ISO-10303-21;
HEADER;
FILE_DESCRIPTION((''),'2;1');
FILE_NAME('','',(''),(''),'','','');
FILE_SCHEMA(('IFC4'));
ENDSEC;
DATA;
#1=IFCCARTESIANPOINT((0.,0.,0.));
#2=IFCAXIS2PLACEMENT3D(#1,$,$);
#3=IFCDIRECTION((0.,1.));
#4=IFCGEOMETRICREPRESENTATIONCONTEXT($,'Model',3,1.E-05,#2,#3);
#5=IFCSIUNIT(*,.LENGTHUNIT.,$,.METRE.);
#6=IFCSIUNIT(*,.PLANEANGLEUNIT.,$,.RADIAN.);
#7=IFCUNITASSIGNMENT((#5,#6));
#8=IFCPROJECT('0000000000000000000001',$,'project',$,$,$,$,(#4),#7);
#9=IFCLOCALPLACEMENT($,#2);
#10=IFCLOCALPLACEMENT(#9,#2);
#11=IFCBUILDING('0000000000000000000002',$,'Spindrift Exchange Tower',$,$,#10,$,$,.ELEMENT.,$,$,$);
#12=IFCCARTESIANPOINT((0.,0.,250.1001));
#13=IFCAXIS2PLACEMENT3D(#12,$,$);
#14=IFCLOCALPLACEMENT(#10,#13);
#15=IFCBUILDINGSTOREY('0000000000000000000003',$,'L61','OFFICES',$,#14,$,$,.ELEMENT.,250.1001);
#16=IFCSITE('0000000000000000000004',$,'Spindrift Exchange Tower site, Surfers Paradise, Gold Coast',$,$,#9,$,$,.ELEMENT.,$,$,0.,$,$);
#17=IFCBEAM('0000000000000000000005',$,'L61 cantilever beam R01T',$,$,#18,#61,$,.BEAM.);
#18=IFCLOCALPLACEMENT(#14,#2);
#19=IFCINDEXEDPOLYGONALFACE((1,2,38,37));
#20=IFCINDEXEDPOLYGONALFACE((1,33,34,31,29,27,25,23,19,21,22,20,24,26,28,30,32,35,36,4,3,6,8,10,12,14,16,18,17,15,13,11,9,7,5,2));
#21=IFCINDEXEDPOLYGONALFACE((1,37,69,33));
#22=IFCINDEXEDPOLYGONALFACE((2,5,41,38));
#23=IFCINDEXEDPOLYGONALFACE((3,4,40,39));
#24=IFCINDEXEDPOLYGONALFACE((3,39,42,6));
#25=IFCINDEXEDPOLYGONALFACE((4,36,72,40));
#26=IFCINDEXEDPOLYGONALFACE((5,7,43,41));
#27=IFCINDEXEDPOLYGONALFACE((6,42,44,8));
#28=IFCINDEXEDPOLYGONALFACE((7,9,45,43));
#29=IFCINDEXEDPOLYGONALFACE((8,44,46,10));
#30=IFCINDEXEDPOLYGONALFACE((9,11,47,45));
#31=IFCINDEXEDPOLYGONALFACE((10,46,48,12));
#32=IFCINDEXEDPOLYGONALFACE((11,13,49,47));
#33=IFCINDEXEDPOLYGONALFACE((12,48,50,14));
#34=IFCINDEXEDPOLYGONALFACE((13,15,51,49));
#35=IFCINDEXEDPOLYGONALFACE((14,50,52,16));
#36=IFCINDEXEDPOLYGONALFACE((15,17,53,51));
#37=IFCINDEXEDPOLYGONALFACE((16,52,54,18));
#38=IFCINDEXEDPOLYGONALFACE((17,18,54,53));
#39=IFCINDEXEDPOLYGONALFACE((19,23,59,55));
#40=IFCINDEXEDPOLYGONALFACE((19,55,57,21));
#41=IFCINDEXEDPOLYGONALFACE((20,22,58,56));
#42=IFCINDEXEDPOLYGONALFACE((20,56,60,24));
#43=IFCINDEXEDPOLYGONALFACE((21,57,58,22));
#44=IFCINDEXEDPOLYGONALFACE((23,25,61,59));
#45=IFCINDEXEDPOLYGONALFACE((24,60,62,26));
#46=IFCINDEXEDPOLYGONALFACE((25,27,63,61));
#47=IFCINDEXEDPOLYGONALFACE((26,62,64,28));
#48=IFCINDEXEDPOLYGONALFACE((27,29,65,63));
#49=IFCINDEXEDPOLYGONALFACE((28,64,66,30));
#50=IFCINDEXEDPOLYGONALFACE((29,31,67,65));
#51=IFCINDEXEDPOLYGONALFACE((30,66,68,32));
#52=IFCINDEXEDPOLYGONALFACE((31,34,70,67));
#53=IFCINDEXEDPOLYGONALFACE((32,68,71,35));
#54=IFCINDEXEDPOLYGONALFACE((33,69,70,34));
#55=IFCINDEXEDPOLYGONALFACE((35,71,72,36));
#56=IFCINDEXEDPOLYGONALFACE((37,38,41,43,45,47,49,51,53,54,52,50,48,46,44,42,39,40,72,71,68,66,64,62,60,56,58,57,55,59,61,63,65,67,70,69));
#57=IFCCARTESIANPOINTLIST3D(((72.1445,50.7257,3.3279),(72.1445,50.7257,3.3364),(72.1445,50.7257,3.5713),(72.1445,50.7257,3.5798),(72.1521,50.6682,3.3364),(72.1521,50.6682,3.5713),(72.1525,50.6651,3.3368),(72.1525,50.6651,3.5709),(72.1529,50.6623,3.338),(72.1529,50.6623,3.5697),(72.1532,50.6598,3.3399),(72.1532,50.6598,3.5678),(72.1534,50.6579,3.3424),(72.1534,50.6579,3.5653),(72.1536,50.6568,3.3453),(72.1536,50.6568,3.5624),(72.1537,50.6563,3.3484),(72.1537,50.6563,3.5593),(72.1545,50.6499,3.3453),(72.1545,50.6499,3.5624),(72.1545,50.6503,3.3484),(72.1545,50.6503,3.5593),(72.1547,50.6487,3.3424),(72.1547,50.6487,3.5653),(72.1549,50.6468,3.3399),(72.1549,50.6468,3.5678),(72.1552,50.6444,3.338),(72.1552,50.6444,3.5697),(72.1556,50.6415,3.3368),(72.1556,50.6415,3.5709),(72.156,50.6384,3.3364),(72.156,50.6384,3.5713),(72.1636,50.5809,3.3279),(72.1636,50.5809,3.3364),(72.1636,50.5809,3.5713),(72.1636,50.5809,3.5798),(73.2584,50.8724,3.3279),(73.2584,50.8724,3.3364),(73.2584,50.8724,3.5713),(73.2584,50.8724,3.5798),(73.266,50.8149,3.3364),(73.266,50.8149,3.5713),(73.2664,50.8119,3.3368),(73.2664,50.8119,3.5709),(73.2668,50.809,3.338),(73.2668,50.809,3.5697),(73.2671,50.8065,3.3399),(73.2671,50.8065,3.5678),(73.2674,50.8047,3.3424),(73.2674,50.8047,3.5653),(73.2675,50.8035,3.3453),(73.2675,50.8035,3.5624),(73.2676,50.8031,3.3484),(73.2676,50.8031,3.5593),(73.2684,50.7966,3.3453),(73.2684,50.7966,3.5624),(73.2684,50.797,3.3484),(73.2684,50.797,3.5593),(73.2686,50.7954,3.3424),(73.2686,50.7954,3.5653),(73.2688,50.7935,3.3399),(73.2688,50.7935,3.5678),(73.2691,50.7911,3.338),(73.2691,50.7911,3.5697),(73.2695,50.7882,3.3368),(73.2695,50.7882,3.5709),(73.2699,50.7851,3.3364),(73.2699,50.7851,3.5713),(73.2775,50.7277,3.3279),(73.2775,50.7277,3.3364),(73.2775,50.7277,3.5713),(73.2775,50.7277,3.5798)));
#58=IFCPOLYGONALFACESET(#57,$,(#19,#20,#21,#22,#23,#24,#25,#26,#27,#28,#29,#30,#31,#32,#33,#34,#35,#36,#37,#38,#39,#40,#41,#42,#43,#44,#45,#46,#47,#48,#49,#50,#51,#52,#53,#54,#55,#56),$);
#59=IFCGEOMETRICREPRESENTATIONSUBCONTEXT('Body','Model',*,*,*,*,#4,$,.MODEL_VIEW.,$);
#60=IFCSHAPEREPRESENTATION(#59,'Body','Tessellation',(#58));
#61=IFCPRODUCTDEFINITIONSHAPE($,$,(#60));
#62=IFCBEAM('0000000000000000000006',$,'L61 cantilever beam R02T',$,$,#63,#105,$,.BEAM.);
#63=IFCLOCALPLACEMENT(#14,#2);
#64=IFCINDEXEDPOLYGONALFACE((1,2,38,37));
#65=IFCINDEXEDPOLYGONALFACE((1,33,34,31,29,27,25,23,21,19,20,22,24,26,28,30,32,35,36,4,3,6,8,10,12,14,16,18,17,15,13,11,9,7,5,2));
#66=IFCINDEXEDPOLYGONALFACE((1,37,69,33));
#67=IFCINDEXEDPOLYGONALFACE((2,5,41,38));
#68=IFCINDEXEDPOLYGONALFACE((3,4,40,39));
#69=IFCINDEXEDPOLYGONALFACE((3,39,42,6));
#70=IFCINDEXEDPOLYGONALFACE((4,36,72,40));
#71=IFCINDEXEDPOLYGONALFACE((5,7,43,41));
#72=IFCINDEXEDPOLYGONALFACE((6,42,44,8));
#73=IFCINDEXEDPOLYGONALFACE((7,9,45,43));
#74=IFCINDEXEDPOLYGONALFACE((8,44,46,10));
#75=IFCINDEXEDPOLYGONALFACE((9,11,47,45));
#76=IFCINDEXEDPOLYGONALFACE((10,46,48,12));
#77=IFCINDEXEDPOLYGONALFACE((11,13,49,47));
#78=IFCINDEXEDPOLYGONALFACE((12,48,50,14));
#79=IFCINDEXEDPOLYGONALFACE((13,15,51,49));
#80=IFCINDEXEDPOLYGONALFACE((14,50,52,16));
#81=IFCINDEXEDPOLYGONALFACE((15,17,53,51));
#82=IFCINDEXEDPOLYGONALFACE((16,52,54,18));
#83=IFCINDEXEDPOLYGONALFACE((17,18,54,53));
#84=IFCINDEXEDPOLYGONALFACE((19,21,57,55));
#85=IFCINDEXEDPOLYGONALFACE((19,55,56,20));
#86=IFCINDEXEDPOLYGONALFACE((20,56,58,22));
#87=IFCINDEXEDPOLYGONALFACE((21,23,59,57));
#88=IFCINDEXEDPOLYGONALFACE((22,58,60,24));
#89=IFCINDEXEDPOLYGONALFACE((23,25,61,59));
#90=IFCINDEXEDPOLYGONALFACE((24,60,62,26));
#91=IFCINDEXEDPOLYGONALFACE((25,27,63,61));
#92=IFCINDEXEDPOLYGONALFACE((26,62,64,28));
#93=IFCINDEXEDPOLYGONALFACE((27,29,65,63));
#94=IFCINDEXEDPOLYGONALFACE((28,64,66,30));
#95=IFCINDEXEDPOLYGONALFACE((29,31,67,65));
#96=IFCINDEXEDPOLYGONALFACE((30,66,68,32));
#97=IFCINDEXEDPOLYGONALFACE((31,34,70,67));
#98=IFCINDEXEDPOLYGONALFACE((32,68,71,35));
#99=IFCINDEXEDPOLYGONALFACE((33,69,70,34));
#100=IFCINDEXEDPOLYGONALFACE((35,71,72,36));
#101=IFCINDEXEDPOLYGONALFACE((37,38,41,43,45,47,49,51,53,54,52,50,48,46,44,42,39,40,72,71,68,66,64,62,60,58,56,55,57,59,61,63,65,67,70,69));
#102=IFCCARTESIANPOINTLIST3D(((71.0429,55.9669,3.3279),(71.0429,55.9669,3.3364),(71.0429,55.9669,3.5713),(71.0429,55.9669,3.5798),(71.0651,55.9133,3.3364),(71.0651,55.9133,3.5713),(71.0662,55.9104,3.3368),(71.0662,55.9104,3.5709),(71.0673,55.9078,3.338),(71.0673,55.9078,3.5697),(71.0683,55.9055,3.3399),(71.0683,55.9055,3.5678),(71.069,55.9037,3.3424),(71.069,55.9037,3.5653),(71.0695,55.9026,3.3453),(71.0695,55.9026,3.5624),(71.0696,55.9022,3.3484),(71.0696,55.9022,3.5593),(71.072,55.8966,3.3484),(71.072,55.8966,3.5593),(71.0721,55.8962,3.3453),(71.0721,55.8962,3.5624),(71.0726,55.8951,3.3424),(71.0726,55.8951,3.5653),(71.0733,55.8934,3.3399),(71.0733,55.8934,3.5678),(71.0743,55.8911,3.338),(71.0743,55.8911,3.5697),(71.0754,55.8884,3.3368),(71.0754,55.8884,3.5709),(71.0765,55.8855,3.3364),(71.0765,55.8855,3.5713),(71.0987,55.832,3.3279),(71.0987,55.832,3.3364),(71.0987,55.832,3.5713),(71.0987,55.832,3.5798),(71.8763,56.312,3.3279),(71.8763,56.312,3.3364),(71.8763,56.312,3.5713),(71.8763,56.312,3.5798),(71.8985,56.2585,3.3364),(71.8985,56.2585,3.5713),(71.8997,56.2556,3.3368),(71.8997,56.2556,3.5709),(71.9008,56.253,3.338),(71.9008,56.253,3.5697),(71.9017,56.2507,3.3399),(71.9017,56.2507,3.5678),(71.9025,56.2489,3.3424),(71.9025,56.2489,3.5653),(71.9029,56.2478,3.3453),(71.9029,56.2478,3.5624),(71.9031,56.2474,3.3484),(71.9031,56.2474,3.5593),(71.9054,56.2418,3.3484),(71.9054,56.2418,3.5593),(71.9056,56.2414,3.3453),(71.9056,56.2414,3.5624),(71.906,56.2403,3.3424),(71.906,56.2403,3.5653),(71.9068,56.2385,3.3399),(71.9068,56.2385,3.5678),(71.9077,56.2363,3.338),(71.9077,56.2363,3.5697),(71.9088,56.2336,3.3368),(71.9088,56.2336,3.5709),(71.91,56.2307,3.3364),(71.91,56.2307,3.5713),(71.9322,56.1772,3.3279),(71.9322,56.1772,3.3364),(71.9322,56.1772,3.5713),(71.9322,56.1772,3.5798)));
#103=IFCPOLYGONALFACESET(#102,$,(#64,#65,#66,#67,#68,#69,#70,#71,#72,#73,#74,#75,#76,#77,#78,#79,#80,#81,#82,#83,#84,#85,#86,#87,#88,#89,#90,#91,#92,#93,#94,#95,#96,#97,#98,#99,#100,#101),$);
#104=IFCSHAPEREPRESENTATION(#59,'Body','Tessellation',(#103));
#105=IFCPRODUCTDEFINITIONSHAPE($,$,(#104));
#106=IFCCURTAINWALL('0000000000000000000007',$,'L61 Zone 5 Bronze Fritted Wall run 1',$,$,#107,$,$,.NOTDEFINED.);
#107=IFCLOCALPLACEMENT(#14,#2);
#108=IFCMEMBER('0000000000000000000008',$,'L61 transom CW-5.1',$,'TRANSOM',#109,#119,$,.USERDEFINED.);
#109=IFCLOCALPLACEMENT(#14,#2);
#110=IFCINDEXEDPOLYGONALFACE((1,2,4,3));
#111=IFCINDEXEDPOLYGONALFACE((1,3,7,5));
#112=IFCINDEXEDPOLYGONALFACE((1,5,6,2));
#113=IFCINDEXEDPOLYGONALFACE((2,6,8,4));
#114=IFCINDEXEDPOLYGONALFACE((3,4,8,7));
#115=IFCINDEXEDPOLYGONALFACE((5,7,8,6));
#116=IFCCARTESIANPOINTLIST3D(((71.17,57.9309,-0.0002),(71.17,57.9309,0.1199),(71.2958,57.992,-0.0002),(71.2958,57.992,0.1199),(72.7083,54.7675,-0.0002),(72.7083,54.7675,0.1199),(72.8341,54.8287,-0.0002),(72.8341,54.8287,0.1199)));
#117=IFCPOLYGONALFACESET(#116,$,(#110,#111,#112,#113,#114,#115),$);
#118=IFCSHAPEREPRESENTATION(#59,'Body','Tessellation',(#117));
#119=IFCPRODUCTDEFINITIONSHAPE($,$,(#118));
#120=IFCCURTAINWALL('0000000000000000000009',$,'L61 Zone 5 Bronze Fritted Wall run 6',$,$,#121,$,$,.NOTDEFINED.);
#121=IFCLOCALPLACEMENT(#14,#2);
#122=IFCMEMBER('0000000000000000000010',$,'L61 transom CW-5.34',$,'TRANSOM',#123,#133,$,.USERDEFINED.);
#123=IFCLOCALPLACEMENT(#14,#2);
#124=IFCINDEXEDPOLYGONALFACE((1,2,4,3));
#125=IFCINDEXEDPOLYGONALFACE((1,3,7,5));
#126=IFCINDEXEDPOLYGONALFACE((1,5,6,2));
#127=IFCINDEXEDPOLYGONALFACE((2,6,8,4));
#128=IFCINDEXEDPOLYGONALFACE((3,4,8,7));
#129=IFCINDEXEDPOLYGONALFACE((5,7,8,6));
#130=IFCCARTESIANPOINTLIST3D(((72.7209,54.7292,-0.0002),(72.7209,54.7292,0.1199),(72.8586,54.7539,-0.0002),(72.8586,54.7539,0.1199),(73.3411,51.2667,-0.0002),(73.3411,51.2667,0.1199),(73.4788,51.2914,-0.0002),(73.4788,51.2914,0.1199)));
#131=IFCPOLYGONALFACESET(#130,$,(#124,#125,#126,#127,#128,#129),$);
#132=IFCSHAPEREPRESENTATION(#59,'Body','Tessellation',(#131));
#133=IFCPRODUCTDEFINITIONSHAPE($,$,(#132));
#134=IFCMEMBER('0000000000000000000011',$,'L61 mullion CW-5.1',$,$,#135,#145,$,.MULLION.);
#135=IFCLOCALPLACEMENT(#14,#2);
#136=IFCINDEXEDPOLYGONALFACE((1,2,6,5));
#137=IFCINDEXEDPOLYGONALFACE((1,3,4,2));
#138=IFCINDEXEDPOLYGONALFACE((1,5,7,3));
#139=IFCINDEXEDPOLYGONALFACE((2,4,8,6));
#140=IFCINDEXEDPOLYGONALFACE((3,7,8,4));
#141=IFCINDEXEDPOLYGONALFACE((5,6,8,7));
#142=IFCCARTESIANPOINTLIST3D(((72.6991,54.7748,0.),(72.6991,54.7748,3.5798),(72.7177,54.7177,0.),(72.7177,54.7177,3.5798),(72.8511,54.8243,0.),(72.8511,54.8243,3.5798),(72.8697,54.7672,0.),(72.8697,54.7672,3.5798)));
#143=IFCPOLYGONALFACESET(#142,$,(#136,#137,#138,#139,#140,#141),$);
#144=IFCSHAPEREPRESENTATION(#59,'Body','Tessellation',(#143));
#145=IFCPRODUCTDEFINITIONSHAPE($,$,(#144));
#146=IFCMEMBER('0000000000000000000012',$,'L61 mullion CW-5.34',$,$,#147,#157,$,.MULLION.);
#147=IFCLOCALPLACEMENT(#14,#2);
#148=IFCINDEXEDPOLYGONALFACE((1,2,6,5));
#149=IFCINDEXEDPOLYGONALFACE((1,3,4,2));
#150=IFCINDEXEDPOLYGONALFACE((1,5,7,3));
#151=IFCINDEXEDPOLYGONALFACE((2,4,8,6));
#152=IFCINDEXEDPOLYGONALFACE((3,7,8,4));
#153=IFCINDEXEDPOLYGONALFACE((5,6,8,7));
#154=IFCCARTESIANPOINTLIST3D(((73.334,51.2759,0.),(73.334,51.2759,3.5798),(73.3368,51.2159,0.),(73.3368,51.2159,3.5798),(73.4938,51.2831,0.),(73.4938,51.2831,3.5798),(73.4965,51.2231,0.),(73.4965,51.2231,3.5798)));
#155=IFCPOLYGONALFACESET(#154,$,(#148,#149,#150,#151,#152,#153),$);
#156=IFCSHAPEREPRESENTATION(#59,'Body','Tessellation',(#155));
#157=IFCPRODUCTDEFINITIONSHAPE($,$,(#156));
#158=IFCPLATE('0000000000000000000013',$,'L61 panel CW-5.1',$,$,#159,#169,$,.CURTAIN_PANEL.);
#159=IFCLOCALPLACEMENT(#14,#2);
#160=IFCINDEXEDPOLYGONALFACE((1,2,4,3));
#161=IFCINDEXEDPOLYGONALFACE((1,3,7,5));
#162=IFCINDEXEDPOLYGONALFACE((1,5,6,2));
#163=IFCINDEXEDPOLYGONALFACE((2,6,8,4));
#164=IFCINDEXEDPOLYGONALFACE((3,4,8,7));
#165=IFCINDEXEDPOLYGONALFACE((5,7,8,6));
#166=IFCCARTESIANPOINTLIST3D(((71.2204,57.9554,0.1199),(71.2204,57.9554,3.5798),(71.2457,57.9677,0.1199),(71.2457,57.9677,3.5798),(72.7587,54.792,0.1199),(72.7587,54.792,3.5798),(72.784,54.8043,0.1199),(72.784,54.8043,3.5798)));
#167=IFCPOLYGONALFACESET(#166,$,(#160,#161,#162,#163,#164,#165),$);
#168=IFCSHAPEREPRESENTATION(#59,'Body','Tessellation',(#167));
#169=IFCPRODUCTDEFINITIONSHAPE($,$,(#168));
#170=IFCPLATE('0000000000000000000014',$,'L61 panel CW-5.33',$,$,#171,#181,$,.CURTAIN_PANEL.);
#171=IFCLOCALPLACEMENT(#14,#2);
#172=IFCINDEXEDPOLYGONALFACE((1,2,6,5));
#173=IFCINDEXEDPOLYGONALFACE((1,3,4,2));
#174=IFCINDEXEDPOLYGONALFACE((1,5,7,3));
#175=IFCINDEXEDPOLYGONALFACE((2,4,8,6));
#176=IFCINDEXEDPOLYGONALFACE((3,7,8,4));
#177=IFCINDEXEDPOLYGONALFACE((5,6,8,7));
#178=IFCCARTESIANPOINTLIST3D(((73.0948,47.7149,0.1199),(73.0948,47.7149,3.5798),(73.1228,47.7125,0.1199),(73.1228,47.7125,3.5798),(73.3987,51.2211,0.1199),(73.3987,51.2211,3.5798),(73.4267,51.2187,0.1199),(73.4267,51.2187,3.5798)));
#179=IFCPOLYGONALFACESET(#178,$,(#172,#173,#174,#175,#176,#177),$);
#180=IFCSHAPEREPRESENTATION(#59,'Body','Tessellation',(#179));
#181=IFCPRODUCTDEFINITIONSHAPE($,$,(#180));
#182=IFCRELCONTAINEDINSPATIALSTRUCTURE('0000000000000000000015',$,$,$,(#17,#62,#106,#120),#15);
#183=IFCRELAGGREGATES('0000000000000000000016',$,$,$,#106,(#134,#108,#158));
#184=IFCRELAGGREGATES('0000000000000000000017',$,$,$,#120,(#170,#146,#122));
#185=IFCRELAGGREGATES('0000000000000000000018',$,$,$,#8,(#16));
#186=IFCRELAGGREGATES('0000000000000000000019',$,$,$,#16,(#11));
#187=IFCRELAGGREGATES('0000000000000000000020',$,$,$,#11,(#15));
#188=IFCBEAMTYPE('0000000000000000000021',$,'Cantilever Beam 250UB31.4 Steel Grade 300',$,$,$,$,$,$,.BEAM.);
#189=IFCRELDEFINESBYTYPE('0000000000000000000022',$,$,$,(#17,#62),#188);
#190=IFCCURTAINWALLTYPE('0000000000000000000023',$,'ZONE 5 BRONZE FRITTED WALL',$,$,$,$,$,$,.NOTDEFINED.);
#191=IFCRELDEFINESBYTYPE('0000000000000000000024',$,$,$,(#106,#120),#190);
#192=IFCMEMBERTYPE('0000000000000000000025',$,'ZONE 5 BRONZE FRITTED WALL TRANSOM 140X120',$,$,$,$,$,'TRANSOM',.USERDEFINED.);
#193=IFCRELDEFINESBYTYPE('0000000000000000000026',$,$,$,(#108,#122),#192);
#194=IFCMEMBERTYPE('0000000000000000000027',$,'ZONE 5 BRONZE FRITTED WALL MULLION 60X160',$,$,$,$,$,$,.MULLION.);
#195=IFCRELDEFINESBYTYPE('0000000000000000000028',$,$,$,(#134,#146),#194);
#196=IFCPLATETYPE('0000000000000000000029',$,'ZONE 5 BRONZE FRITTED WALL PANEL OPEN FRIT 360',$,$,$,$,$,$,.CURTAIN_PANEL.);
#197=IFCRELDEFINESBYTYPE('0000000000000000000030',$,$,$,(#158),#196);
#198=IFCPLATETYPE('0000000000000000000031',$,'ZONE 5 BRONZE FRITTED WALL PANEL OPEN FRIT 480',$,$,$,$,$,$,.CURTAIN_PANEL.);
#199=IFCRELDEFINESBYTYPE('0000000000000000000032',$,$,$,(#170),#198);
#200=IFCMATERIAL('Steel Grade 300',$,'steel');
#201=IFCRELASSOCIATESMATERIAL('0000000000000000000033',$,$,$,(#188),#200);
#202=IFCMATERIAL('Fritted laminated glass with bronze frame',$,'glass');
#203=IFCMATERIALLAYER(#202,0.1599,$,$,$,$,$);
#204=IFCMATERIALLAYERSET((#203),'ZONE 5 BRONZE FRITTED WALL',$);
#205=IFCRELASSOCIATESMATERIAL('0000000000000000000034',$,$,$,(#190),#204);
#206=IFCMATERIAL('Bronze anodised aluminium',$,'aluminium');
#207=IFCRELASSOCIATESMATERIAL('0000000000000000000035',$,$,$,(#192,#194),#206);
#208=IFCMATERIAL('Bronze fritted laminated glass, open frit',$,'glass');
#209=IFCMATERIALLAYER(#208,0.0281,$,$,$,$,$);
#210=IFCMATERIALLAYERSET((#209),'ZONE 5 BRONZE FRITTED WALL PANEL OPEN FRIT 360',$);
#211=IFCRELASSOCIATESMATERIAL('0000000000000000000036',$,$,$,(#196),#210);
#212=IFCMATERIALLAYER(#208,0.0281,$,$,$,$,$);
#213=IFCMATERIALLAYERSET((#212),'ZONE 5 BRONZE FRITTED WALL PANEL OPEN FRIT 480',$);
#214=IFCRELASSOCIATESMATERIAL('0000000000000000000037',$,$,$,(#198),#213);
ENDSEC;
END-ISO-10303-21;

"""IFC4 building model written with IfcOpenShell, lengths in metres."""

from ifc_helpers import new_model, si_unit, direction, frame, origin, origin_2d, place, context, subcontext, project, spatial, rectangle, i_section, extrude, source, transform, mapped, material, layer, layer_set, material_profile, profile_set, type_object, element, aggregate, save


model = new_model("IFC4")

# Units and contexts
model_context = context("Model", 3, precision=1e-05, world=origin(), true_north=direction((0.0, 1.0)))
body_context = subcontext(model_context, "Body", "Model", "MODEL_VIEW")
ifc_project = project(units=[si_unit("LENGTHUNIT", "METRE"), si_unit("PLANEANGLEUNIT", "RADIAN")], contexts=[model_context])

# Site, building, storey
site_placement = place(None, origin())
site = spatial("IfcSite", under=ifc_project, at=site_placement, Name="Spindrift Exchange Tower site, Surfers Paradise, Gold Coast", CompositionType="ELEMENT", RefElevation=0.0)
building_placement = place(site_placement, origin())
building = spatial("IfcBuilding", under=site, at=building_placement, Name="Spindrift Exchange Tower", CompositionType="ELEMENT")
storey_placement = place(building_placement, frame((0.0, 0.0, 250.1001)))
storey = spatial("IfcBuildingStorey", under=building, at=storey_placement, Name="L61", Description="OFFICES", CompositionType="ELEMENT", Elevation=250.1001)

# Beams
ifc_material_1 = material(Name="Steel Grade 300", Category="steel")
ifc_material_profile_1 = material_profile(ifc_material_1, i_section(OverallWidth=0.146, OverallDepth=0.252, WebThickness=0.0061, FlangeThickness=0.0085, FilletRadius=0.012, at=origin_2d()), Name="250UB31.4")
ifc_profile_set_1 = profile_set([ifc_material_profile_1], Name="Steel Grade 300")
beam_type_1 = type_object("IfcBeamType", Name="Cantilever Beam 250UB31.4 Steel Grade 300", PredefinedType="BEAM", material=ifc_profile_set_1)
shared_shape_1 = source(origin(), body_context, "Body", "SweptSolid", [
    extrude(i_section(OverallWidth=0.146, OverallDepth=0.252, WebThickness=0.0061, FlangeThickness=0.0085, FilletRadius=0.012, at=origin_2d()), origin(), (0.0, 0.0, 1.0), 1.1235),
])
beam_1_placement = place(storey_placement, frame((72.1541, 50.6533, 3.4539), z_axis=(0.991437, 0.130584, 0.0), x_axis=(-0.130584, 0.991437, 0.0)))
element("IfcBeam", 1, at=beam_1_placement, inside=storey, type_object=beam_type_1, Name="L61 cantilever beam R01T", PredefinedType="BEAM", context=body_context, shape_type="MappedRepresentation", body=[
    mapped(shared_shape_1, transform((0.0, 0.0, 0.0), scale=1.0)),
])
shared_shape_2 = source(origin(), body_context, "Body", "SweptSolid", [
    extrude(i_section(OverallWidth=0.146, OverallDepth=0.252, WebThickness=0.0061, FlangeThickness=0.0085, FilletRadius=0.012, at=origin_2d()), origin(), (0.0, 0.0, 1.0), 0.9021),
])
beam_2_placement = place(storey_placement, frame((71.0708, 55.8994, 3.4539), z_axis=(0.923892, 0.382655, 0.0), x_axis=(-0.382655, 0.923892, 0.0)))
element("IfcBeam", 2, at=beam_2_placement, inside=storey, type_object=beam_type_1, Name="L61 cantilever beam R02T", PredefinedType="BEAM", context=body_context, shape_type="MappedRepresentation", body=[
    mapped(shared_shape_2, transform((0.0, 0.0, 0.0), scale=1.0)),
])

# Curtain walls, members
ifc_material_2 = material(Name="Fritted laminated glass with bronze frame", Category="glass")
ifc_layer_1 = layer(ifc_material_2, 0.1599)
ifc_layer_set_1 = layer_set([ifc_layer_1], Name="ZONE 5 BRONZE FRITTED WALL")
curtain_wall_type = type_object("IfcCurtainWallType", Name="ZONE 5 BRONZE FRITTED WALL", PredefinedType="NOTDEFINED", material=ifc_layer_set_1)
curtain_wall_1_placement = place(storey_placement, origin())
curtain_wall_1 = element("IfcCurtainWall", 3, at=curtain_wall_1_placement, inside=storey, type_object=curtain_wall_type, Name="L61 Zone 5 Bronze Fritted Wall run 1", PredefinedType="NOTDEFINED")
ifc_material_3 = material(Name="Bronze anodised aluminium", Category="aluminium")
ifc_material_profile_2 = material_profile(ifc_material_3, rectangle(XDim=0.1399, YDim=0.1201, at=origin_2d()), Name="ZONE 5 BRONZE FRITTED WALL TRANSOM 140X120")
ifc_profile_set_2 = profile_set([ifc_material_profile_2], Name="Bronze anodised aluminium")
member_type_1 = type_object("IfcMemberType", Name="ZONE 5 BRONZE FRITTED WALL TRANSOM 140X120", ElementType="TRANSOM", PredefinedType="USERDEFINED", material=ifc_profile_set_2)
shared_shape_3 = source(origin(), body_context, "Body", "SweptSolid", [
    extrude(rectangle(XDim=0.1399, YDim=0.1201, at=origin_2d()), origin(), (0.0, 0.0, 1.0), 3.5176),
])
member_1_placement = place(storey_placement, frame((72.7712, 54.7981, 0.0598), z_axis=(-0.437331, 0.899301, 0.0), x_axis=(-0.899301, -0.437331, 0.0)))
member_1 = element("IfcMember", 4, at=member_1_placement, type_object=member_type_1, Name="L61 transom CW-5.1", ObjectType="TRANSOM", PredefinedType="USERDEFINED", context=body_context, shape_type="MappedRepresentation", body=[
    mapped(shared_shape_3, transform((0.0, 0.0, 0.0), scale=1.0)),
])
curtain_wall_2_placement = place(storey_placement, origin())
curtain_wall_2 = element("IfcCurtainWall", 5, at=curtain_wall_2_placement, inside=storey, type_object=curtain_wall_type, Name="L61 Zone 5 Bronze Fritted Wall run 6", PredefinedType="NOTDEFINED")
member_2_placement = place(storey_placement, frame((73.4099, 51.2791, 0.0598), z_axis=(-0.176295, 0.984337, 0.0), x_axis=(-0.984337, -0.176295, 0.0)))
member_2 = element("IfcMember", 6, at=member_2_placement, type_object=member_type_1, Name="L61 transom CW-5.34", ObjectType="TRANSOM", PredefinedType="USERDEFINED", context=body_context, shape_type="MappedRepresentation", body=[
    mapped(shared_shape_3, transform((0.0, 0.0, 0.0), scale=1.0)),
])

# Members
ifc_material_profile_3 = material_profile(ifc_material_3, rectangle(XDim=0.0601, YDim=0.1599, at=origin_2d()), Name="ZONE 5 BRONZE FRITTED WALL MULLION 60X160")
ifc_profile_set_3 = profile_set([ifc_material_profile_3], Name="Bronze anodised aluminium")
member_type_2 = type_object("IfcMemberType", Name="ZONE 5 BRONZE FRITTED WALL MULLION 60X160", PredefinedType="MULLION", material=ifc_profile_set_3)
shared_shape_4 = source(origin(), body_context, "Body", "SweptSolid", [
    extrude(rectangle(XDim=0.0601, YDim=0.1599, at=origin_2d()), origin(), (0.0, 0.0, 1.0), 3.5798),
])
member_3_placement = place(storey_placement, frame((72.7844, 54.771, 0.0), z_axis=(0.0, 0.0, 1.0), x_axis=(-0.309762, 0.950814, 0.0)))
member_3 = element("IfcMember", 7, at=member_3_placement, type_object=member_type_2, Name="L61 mullion CW-5.1", PredefinedType="MULLION", context=body_context, shape_type="MappedRepresentation", body=[
    mapped(shared_shape_4, transform((0.0, 0.0, 0.0), scale=1.0)),
])
member_4_placement = place(storey_placement, frame((73.4153, 51.2495, 0.0), z_axis=(0.0, 0.0, 1.0), x_axis=(-0.045389, 0.998969, 0.0)))
member_4 = element("IfcMember", 8, at=member_4_placement, type_object=member_type_2, Name="L61 mullion CW-5.34", PredefinedType="MULLION", context=body_context, shape_type="MappedRepresentation", body=[
    mapped(shared_shape_4, transform((0.0, 0.0, 0.0), scale=1.0)),
])

# Plates
ifc_material_4 = material(Name="Bronze fritted laminated glass, open frit", Category="glass")
ifc_layer_2 = layer(ifc_material_4, 0.0281)
ifc_layer_set_2 = layer_set([ifc_layer_2], Name="ZONE 5 BRONZE FRITTED WALL PANEL OPEN FRIT 360")
plate_type_1 = type_object("IfcPlateType", Name="ZONE 5 BRONZE FRITTED WALL PANEL OPEN FRIT 360", PredefinedType="CURTAIN_PANEL", material=ifc_layer_set_2)
shared_shape_5 = source(origin(), body_context, "Body", "SweptSolid", [
    extrude(rectangle(XDim=3.5176, YDim=0.0281, at=origin_2d()), origin(), (0.0, 0.0, 1.0), 3.46),
])
plate_1_placement = place(storey_placement, frame((72.0022, 56.3799, 0.1199), z_axis=(0.0, 0.0, 1.0), x_axis=(-0.437314, 0.899309, 0.0)))
plate_1 = element("IfcPlate", 9, at=plate_1_placement, type_object=plate_type_1, Name="L61 panel CW-5.1", PredefinedType="CURTAIN_PANEL", context=body_context, shape_type="MappedRepresentation", body=[
    mapped(shared_shape_5, transform((0.0, 0.0, 0.0), scale=1.0)),
])
aggregate(curtain_wall_1, [member_3, member_1, plate_1])
ifc_layer_3 = layer(ifc_material_4, 0.0281)
ifc_layer_set_3 = layer_set([ifc_layer_3], Name="ZONE 5 BRONZE FRITTED WALL PANEL OPEN FRIT 480")
plate_type_2 = type_object("IfcPlateType", Name="ZONE 5 BRONZE FRITTED WALL PANEL OPEN FRIT 480", PredefinedType="CURTAIN_PANEL", material=ifc_layer_set_3)
shared_shape_6 = source(origin(), body_context, "Body", "SweptSolid", [
    extrude(rectangle(XDim=3.5193, YDim=0.0281, at=origin_2d()), origin(), (0.0, 0.0, 1.0), 3.46),
])
plate_2_placement = place(storey_placement, frame((73.2607, 49.4668, 0.1199), z_axis=(0.0, 0.0, 1.0), x_axis=(0.086358, 0.996264, 0.0)))
plate_2 = element("IfcPlate", 10, at=plate_2_placement, type_object=plate_type_2, Name="L61 panel CW-5.33", PredefinedType="CURTAIN_PANEL", context=body_context, shape_type="MappedRepresentation", body=[
    mapped(shared_shape_6, transform((0.0, 0.0, 0.0), scale=1.0)),
])
aggregate(curtain_wall_2, [plate_2, member_4, member_2])

save(model, "model.ifc")
